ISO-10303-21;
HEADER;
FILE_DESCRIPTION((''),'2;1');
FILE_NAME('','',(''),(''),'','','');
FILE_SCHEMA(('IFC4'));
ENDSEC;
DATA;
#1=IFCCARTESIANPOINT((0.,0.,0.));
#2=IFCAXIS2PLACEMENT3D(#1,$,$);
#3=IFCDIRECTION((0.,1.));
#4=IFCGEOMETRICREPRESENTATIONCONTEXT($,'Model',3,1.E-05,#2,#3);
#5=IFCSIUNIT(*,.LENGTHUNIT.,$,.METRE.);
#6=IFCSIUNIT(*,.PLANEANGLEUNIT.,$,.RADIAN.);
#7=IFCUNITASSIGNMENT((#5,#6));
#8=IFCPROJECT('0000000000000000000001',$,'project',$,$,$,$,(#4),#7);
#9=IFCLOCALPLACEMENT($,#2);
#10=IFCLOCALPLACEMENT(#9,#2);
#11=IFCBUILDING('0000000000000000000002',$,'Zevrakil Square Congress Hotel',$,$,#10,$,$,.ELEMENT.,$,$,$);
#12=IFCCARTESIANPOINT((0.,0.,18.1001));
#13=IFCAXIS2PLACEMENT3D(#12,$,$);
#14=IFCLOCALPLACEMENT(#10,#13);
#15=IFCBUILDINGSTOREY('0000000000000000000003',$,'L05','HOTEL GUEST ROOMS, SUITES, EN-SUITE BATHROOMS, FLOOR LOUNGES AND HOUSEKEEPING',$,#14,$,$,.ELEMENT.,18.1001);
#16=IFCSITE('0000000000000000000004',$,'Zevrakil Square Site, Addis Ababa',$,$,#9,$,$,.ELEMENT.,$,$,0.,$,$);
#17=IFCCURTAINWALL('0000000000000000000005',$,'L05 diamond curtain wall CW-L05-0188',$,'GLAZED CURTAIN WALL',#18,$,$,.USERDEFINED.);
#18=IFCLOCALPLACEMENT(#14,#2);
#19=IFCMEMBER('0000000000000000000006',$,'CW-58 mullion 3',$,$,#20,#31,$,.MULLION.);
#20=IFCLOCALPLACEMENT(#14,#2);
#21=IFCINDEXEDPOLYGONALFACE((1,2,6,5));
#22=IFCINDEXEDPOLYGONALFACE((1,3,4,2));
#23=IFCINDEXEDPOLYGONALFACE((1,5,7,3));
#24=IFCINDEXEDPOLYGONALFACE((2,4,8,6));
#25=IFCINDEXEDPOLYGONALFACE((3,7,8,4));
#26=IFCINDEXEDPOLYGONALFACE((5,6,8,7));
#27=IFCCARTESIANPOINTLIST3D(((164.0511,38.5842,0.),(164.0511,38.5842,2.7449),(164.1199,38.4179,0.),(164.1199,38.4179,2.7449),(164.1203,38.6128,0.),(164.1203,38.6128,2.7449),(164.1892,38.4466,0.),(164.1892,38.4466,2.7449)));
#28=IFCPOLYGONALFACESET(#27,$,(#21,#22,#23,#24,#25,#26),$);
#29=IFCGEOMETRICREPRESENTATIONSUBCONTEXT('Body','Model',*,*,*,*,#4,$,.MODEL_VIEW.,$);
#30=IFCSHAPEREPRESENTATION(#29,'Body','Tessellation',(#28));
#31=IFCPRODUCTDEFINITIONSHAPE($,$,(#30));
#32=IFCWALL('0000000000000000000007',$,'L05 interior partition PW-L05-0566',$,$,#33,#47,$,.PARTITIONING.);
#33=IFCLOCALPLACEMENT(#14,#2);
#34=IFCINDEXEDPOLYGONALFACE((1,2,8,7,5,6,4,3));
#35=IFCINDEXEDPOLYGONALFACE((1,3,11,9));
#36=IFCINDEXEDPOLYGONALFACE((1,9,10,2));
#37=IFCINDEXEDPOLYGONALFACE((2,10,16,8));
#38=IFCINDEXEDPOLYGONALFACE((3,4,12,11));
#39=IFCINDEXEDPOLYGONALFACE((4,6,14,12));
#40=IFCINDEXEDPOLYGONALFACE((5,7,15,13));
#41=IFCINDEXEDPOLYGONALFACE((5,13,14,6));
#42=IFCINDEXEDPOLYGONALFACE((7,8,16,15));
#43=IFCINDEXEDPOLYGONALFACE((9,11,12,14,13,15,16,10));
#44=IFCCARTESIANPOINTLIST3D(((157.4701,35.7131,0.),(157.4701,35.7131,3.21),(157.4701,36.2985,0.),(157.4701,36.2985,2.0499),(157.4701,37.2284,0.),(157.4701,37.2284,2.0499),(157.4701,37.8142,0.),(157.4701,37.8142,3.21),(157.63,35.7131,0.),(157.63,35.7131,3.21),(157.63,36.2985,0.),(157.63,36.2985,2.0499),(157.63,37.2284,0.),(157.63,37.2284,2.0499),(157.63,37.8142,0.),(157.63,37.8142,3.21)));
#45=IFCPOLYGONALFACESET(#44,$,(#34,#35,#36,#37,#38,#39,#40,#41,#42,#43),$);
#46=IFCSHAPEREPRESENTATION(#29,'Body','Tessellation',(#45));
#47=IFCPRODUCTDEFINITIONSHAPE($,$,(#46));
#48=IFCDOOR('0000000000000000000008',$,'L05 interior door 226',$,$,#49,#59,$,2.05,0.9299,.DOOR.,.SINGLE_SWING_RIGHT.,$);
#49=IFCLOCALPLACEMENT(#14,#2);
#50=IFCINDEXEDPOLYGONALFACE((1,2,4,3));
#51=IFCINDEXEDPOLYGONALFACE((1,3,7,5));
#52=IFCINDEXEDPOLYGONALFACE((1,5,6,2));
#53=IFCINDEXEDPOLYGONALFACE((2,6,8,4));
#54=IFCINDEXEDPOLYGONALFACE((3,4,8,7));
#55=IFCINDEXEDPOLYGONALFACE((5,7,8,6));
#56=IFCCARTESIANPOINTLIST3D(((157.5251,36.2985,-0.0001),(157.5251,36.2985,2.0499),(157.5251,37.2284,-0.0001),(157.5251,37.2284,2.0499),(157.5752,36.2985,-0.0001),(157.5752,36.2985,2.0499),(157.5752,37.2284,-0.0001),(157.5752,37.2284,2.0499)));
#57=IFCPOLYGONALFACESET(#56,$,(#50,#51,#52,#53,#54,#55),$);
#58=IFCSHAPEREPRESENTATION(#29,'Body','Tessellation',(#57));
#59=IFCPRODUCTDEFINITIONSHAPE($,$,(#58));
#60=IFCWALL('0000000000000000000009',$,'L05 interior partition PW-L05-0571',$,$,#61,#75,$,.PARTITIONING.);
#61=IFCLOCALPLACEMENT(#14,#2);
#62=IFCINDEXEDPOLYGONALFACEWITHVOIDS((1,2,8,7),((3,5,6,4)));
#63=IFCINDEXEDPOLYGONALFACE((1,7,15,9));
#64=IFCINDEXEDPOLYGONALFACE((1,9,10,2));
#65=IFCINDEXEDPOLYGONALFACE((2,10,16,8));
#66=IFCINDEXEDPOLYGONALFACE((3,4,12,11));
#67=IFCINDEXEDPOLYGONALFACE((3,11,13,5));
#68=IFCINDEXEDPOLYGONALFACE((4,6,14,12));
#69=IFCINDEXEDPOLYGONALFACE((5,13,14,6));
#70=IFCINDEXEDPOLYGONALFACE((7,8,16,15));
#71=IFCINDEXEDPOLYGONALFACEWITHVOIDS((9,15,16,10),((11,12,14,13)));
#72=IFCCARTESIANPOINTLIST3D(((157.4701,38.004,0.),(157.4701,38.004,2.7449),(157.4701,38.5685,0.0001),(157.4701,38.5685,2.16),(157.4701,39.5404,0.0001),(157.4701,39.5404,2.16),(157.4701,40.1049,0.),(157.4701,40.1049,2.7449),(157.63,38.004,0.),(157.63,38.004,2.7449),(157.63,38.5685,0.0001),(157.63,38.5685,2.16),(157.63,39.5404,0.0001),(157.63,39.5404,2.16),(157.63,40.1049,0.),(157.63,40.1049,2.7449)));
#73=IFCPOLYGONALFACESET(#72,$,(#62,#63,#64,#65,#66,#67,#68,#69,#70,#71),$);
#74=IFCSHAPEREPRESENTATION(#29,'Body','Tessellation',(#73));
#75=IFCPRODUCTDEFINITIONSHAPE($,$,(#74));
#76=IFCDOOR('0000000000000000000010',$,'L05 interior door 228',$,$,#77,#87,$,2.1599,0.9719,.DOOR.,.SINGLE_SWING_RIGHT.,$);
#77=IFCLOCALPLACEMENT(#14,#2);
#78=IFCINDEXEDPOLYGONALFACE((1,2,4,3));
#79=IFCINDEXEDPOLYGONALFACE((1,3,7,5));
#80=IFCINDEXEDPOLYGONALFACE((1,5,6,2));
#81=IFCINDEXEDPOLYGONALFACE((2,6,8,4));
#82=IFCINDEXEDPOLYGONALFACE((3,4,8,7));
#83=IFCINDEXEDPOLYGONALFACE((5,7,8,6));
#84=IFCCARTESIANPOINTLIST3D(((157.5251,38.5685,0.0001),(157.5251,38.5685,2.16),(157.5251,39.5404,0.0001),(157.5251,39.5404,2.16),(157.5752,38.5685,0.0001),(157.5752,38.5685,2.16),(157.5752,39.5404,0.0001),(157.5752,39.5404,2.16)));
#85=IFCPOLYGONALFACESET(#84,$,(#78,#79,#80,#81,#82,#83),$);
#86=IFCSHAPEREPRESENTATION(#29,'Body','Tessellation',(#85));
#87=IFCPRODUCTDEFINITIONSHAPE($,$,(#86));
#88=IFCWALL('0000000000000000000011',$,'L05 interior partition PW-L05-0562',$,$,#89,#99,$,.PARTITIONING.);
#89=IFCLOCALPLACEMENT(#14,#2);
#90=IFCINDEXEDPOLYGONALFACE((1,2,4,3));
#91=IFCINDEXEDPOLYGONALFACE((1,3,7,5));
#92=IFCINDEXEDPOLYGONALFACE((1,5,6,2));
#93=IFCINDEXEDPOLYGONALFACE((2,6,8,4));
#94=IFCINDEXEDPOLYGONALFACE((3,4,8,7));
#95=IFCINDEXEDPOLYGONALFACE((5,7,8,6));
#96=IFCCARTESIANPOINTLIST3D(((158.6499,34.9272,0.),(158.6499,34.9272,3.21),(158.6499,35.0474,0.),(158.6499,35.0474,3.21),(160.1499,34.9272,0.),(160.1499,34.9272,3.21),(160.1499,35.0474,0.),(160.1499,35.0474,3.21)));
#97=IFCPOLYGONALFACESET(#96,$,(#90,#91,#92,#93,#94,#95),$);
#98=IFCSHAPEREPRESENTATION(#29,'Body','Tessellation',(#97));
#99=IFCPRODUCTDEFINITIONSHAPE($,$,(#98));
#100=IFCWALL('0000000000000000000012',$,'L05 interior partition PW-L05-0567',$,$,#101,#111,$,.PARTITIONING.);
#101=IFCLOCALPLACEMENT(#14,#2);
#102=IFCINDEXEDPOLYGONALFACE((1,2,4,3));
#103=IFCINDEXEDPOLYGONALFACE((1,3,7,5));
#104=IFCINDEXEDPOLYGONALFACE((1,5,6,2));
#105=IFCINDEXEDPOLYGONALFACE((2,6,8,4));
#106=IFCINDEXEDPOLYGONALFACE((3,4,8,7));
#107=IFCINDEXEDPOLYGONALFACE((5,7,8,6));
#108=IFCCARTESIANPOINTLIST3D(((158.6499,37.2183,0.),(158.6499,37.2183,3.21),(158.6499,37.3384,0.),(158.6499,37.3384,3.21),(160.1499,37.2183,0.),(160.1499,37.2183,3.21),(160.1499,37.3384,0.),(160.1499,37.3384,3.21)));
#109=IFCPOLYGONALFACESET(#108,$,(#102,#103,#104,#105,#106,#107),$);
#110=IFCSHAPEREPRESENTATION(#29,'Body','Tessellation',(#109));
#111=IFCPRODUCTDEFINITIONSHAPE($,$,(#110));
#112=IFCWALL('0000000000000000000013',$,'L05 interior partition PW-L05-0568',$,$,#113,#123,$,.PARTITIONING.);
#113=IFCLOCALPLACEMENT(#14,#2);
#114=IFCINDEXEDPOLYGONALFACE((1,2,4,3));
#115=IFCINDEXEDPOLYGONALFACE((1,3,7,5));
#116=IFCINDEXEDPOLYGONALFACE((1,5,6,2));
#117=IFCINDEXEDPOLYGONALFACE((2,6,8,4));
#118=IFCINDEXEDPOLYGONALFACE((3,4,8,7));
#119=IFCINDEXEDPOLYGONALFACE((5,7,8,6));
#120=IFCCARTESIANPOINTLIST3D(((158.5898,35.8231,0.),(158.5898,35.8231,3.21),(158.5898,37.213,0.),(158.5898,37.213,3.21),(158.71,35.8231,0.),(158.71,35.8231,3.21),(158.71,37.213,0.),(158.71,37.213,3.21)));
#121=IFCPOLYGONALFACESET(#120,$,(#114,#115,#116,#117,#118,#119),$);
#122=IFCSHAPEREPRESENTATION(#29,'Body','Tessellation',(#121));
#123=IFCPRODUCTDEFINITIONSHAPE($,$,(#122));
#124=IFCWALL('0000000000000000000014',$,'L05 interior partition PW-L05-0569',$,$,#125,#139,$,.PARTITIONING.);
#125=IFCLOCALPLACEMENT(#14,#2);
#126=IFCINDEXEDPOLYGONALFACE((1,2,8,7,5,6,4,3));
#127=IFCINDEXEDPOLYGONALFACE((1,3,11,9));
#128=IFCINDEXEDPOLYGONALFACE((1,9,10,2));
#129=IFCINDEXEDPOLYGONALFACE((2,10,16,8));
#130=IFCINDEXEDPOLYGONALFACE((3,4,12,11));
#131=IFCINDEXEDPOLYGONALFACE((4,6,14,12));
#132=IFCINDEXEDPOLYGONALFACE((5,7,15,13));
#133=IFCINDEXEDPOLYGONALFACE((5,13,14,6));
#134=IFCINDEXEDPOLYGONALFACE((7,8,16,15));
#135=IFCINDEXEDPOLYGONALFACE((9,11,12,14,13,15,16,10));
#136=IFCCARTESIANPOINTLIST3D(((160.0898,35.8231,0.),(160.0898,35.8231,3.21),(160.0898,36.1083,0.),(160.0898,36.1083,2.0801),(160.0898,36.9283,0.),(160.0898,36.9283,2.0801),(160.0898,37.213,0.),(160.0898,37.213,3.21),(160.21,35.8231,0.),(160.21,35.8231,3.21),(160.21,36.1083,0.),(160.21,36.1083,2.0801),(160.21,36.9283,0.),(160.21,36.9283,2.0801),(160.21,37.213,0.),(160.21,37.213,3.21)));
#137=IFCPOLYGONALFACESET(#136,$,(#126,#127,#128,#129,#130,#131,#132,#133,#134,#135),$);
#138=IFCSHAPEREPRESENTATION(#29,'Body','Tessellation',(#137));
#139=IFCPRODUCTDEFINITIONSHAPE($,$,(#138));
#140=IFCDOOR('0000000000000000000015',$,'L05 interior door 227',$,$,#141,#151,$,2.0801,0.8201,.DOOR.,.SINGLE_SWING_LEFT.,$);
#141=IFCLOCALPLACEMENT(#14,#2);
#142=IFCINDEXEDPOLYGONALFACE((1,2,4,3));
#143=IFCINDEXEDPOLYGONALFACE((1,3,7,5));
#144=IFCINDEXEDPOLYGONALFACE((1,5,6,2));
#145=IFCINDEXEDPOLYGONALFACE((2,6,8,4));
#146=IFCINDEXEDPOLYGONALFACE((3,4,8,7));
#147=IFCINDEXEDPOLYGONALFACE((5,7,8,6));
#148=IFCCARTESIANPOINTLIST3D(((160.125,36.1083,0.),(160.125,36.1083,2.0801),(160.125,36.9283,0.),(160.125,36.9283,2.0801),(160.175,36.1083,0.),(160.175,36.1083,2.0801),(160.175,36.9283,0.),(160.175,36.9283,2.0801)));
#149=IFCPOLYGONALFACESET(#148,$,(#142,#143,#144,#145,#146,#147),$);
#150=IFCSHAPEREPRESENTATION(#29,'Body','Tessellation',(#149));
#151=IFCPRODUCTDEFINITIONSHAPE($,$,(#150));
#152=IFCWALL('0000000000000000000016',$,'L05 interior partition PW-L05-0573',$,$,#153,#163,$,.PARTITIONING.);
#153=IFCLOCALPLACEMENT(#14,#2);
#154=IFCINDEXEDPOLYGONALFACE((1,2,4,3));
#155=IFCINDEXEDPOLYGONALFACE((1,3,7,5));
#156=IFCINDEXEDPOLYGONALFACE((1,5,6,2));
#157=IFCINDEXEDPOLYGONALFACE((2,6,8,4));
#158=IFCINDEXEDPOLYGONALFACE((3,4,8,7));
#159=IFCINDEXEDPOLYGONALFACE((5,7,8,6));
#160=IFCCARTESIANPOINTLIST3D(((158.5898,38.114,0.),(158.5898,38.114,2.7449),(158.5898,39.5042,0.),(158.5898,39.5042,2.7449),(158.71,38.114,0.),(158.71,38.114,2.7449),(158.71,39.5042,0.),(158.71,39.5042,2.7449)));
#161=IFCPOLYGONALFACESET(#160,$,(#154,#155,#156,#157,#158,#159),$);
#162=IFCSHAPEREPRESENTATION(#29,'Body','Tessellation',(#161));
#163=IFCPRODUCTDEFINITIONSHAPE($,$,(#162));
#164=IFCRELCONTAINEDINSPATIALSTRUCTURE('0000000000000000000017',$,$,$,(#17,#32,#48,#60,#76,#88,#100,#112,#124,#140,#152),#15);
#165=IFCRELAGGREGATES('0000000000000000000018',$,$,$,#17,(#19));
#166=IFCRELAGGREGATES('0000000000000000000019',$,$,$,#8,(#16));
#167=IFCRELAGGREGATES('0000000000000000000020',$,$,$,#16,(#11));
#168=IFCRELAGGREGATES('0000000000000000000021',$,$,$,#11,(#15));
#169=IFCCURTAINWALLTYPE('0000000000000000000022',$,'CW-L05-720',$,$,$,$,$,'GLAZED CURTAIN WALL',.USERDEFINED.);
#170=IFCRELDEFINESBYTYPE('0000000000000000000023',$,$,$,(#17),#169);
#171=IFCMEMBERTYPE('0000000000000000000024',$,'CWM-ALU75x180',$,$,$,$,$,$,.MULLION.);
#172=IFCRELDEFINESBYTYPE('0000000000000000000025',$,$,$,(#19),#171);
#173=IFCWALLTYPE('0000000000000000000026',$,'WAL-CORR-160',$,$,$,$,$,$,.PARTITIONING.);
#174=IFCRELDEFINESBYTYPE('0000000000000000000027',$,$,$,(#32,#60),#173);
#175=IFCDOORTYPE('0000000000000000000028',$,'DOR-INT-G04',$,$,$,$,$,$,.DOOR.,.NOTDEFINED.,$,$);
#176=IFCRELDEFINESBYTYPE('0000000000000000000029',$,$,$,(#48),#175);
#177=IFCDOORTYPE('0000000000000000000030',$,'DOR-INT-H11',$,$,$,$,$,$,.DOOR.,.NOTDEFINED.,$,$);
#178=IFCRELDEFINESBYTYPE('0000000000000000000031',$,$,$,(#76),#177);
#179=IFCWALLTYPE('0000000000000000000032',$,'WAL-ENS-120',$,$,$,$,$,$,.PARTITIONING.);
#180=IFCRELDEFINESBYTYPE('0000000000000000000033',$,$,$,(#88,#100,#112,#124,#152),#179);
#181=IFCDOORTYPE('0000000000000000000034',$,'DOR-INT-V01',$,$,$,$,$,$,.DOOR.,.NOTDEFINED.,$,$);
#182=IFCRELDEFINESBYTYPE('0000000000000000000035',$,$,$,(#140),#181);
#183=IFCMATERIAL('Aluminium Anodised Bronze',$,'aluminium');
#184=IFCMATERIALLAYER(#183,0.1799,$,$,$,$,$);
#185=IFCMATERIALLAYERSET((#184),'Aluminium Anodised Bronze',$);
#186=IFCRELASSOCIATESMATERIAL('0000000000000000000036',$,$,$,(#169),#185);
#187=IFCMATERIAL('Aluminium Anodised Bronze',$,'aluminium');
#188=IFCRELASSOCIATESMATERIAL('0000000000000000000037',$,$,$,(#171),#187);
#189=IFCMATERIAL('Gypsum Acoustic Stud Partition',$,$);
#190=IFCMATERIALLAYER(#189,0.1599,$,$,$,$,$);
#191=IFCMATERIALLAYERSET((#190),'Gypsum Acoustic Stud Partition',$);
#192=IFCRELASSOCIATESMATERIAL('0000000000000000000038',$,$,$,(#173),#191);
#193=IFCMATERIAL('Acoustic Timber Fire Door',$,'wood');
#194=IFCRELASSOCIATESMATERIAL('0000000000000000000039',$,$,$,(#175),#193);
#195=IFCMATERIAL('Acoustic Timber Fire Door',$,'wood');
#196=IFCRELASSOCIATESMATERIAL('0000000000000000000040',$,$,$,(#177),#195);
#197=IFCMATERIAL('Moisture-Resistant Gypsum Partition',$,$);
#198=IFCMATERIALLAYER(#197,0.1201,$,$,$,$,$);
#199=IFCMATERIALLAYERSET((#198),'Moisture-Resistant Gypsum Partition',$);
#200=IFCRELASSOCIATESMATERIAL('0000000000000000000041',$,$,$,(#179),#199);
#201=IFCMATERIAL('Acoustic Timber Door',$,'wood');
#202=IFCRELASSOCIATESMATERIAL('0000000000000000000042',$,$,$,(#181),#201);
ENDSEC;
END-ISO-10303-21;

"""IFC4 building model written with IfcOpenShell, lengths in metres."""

from ifc_helpers import new_model, si_unit, direction, frame, frame_2d, origin, origin_2d, place, context, subcontext, project, spatial, rectangle, extrude, material, layer, layer_set, material_profile, profile_set, type_object, element, fill, aggregate, save


model = new_model("IFC4")

# Units and contexts
model_context = context("Model", 3, precision=1e-05, world=origin(), true_north=direction((0.0, 1.0)))
body_context = subcontext(model_context, "Body", "Model", "MODEL_VIEW")
ifc_project = project(units=[si_unit("LENGTHUNIT", "METRE"), si_unit("PLANEANGLEUNIT", "RADIAN")], contexts=[model_context])

# Site, building, storey
site_placement = place(None, origin())
site = spatial("IfcSite", under=ifc_project, at=site_placement, Name="Zevrakil Square Site, Addis Ababa", CompositionType="ELEMENT", RefElevation=0.0)
building_placement = place(site_placement, origin())
building = spatial("IfcBuilding", under=site, at=building_placement, Name="Zevrakil Square Congress Hotel", CompositionType="ELEMENT")
storey_placement = place(building_placement, frame((0.0, 0.0, 18.1001)))
storey = spatial("IfcBuildingStorey", under=building, at=storey_placement, Name="L05", Description="HOTEL GUEST ROOMS, SUITES, EN-SUITE BATHROOMS, FLOOR LOUNGES AND HOUSEKEEPING", CompositionType="ELEMENT", Elevation=18.1001)

# Curtain wall, member
ifc_material_1 = material(Name="Aluminium Anodised Bronze", Category="aluminium")
ifc_layer_1 = layer(ifc_material_1, 0.1799)
ifc_layer_set_1 = layer_set([ifc_layer_1], Name="Aluminium Anodised Bronze")
curtain_wall_type = type_object("IfcCurtainWallType", Name="CW-L05-720", ElementType="GLAZED CURTAIN WALL", PredefinedType="USERDEFINED", material=ifc_layer_set_1)
curtain_wall_placement = place(storey_placement, origin())
curtain_wall = element("IfcCurtainWall", 1, at=curtain_wall_placement, inside=storey, type_object=curtain_wall_type, Name="L05 diamond curtain wall CW-L05-0188", ObjectType="GLAZED CURTAIN WALL", PredefinedType="USERDEFINED")
ifc_material_2 = material(Name="Aluminium Anodised Bronze", Category="aluminium")
ifc_material_profile_1 = material_profile(ifc_material_2, rectangle(XDim=0.075, YDim=0.1799, at=origin_2d()), Name="ALU 75x180")
ifc_profile_set_1 = profile_set([ifc_material_profile_1], Name="Aluminium Anodised Bronze")
member_type_1 = type_object("IfcMemberType", Name="CWM-ALU75x180", PredefinedType="MULLION", material=ifc_profile_set_1)
member_1_placement = place(storey_placement, frame((164.1201, 38.5154, 0.0), z_axis=(0.0, 0.0, 1.0), x_axis=(-0.923879, -0.382684, 0.0)))
member_1 = element("IfcMember", 2, at=member_1_placement, type_object=member_type_1, Name="CW-58 mullion 3", PredefinedType="MULLION", context=body_context, shape_type="SweptSolid", body=[
    extrude(rectangle(XDim=0.075, YDim=0.1799, at=origin_2d()), origin(), (0.0, 0.0, 1.0), 2.7449),
])
aggregate(curtain_wall, [member_1])

# Walls, openings, doors
ifc_material_3 = material(Name="Gypsum Acoustic Stud Partition")
ifc_layer_2 = layer(ifc_material_3, 0.1599)
ifc_layer_set_2 = layer_set([ifc_layer_2], Name="Gypsum Acoustic Stud Partition")
wall_type_1 = type_object("IfcWallType", Name="WAL-CORR-160", PredefinedType="PARTITIONING", material=ifc_layer_set_2)
wall_1_placement = place(storey_placement, frame((157.55, 35.7131, 0.0), z_axis=(0.0, 0.0, 1.0), x_axis=(0.0, 1.0, 0.0)))
wall_1 = element("IfcWall", 3, at=wall_1_placement, inside=storey, type_object=wall_type_1, Name="L05 interior partition PW-L05-0566", PredefinedType="PARTITIONING", context=body_context, shape_type="SweptSolid", body=[
    extrude(rectangle(XDim=2.1011, YDim=0.1599, at=frame_2d((1.0505, 0.0))), origin(), (0.0, 0.0, 1.0), 3.21),
])
opening_1_placement = place(wall_1_placement, frame((0.5854, 0.0, 0.0)))
opening_1 = element("IfcOpeningElement", 4, at=opening_1_placement, cuts=wall_1, PredefinedType="OPENING", context=body_context, shape_type="SweptSolid", body=[
    extrude(rectangle(XDim=0.9299, YDim=2.05, at=frame_2d((0.4648, 1.0249))), frame((0.0, 0.0898, 0.0), z_axis=(0.0, -1.0, 0.0), x_axis=(1.0, 0.0, 0.0)), (0.0, 0.0, 1.0), 0.1799),
])
ifc_material_4 = material(Name="Acoustic Timber Fire Door", Category="wood")
door_type_1 = type_object("IfcDoorType", Name="DOR-INT-G04", OperationType="NOTDEFINED", PredefinedType="DOOR", material=ifc_material_4)
door_1_placement = place(opening_1_placement, origin())
door_1 = element("IfcDoor", 5, at=door_1_placement, inside=storey, type_object=door_type_1, Name="L05 interior door 226", OperationType="SINGLE_SWING_RIGHT", OverallHeight=2.05, OverallWidth=0.9299, PredefinedType="DOOR", context=body_context, shape_type="SweptSolid", body=[
    extrude(rectangle(XDim=0.9299, YDim=2.05, at=frame_2d((0.4648, 1.0249))), frame((0.0, 0.0249, 0.0), z_axis=(0.0, -1.0, 0.0), x_axis=(1.0, 0.0, 0.0)), (0.0, 0.0, 1.0), 0.05),
])
fill(opening_1, door_1)
wall_2_placement = place(storey_placement, frame((157.55, 38.0042, 0.0), z_axis=(0.0, 0.0, 1.0), x_axis=(0.0, 1.0, 0.0)))
wall_2 = element("IfcWall", 6, at=wall_2_placement, inside=storey, type_object=wall_type_1, Name="L05 interior partition PW-L05-0571", PredefinedType="PARTITIONING", context=body_context, shape_type="SweptSolid", body=[
    extrude(rectangle(XDim=2.1008, YDim=0.1599, at=frame_2d((1.0503, 0.0))), origin(), (0.0, 0.0, 1.0), 2.7449),
])
opening_2_placement = place(wall_2_placement, frame((0.5645, 0.0, 0.0)))
opening_2 = element("IfcOpeningElement", 7, at=opening_2_placement, cuts=wall_2, PredefinedType="OPENING", context=body_context, shape_type="SweptSolid", body=[
    extrude(rectangle(XDim=0.9719, YDim=2.1599, at=frame_2d((0.4858, 1.0801))), frame((0.0, 0.0898, 0.0), z_axis=(0.0, -1.0, 0.0), x_axis=(1.0, 0.0, 0.0)), (0.0, 0.0, 1.0), 0.1799),
])
ifc_material_5 = material(Name="Acoustic Timber Fire Door", Category="wood")
door_type_2 = type_object("IfcDoorType", Name="DOR-INT-H11", OperationType="NOTDEFINED", PredefinedType="DOOR", material=ifc_material_5)
door_2_placement = place(opening_2_placement, origin())
door_2 = element("IfcDoor", 8, at=door_2_placement, inside=storey, type_object=door_type_2, Name="L05 interior door 228", OperationType="SINGLE_SWING_RIGHT", OverallHeight=2.1599, OverallWidth=0.9719, PredefinedType="DOOR", context=body_context, shape_type="SweptSolid", body=[
    extrude(rectangle(XDim=0.9719, YDim=2.1599, at=frame_2d((0.4858, 1.0801))), frame((0.0, 0.0249, 0.0), z_axis=(0.0, -1.0, 0.0), x_axis=(1.0, 0.0, 0.0)), (0.0, 0.0, 1.0), 0.05),
])
fill(opening_2, door_2)

# Walls
ifc_material_6 = material(Name="Moisture-Resistant Gypsum Partition")
ifc_layer_3 = layer(ifc_material_6, 0.1201)
ifc_layer_set_3 = layer_set([ifc_layer_3], Name="Moisture-Resistant Gypsum Partition")
wall_type_2 = type_object("IfcWallType", Name="WAL-ENS-120", PredefinedType="PARTITIONING", material=ifc_layer_set_3)
for number, where, z_axis, x_axis, name in (
    (9, (158.6499, 34.9873, 0.0), (0.0, 0.0, 1.0), (1.0, 0.0, 0.0), "L05 interior partition PW-L05-0562"),
    (10, (158.6499, 37.2783, 0.0), (0.0, 0.0, 1.0), (1.0, 0.0, 0.0), "L05 interior partition PW-L05-0567"),
):
    element("IfcWall", number, at=place(storey_placement, frame(where, z_axis=z_axis, x_axis=x_axis)), inside=storey, type_object=wall_type_2, Name=name, PredefinedType="PARTITIONING", context=body_context, shape_type="SweptSolid", body=[
        extrude(rectangle(XDim=1.5, YDim=0.1201, at=frame_2d((0.75, 0.0))), origin(), (0.0, 0.0, 1.0), 3.21),
    ])
wall_3_placement = place(storey_placement, frame((158.6499, 35.8232, 0.0), z_axis=(0.0, 0.0, 1.0), x_axis=(0.0, 1.0, 0.0)))
element("IfcWall", 11, at=wall_3_placement, inside=storey, type_object=wall_type_2, Name="L05 interior partition PW-L05-0568", PredefinedType="PARTITIONING", context=body_context, shape_type="SweptSolid", body=[
    extrude(rectangle(XDim=1.3899, YDim=0.1201, at=frame_2d((0.6948, 0.0))), origin(), (0.0, 0.0, 1.0), 3.21),
])

# Wall, opening, door
wall_4_placement = place(storey_placement, frame((160.1499, 35.8232, 0.0), z_axis=(0.0, 0.0, 1.0), x_axis=(0.0, 1.0, 0.0)))
wall_4 = element("IfcWall", 12, at=wall_4_placement, inside=storey, type_object=wall_type_2, Name="L05 interior partition PW-L05-0569", PredefinedType="PARTITIONING", context=body_context, shape_type="SweptSolid", body=[
    extrude(rectangle(XDim=1.3899, YDim=0.1201, at=frame_2d((0.6948, 0.0))), origin(), (0.0, 0.0, 1.0), 3.21),
])
opening_3_placement = place(wall_4_placement, frame((0.2849, 0.0, 0.0)))
opening_3 = element("IfcOpeningElement", 13, at=opening_3_placement, cuts=wall_4, PredefinedType="OPENING", context=body_context, shape_type="SweptSolid", body=[
    extrude(rectangle(XDim=0.8201, YDim=2.0801, at=frame_2d((0.4102, 1.04))), frame((0.0, 0.0701, 0.0), z_axis=(0.0, -1.0, 0.0), x_axis=(1.0, 0.0, 0.0)), (0.0, 0.0, 1.0), 0.1401),
])
ifc_material_7 = material(Name="Acoustic Timber Door", Category="wood")
door_type_3 = type_object("IfcDoorType", Name="DOR-INT-V01", OperationType="NOTDEFINED", PredefinedType="DOOR", material=ifc_material_7)
door_3_placement = place(opening_3_placement, origin())
door_3 = element("IfcDoor", 14, at=door_3_placement, inside=storey, type_object=door_type_3, Name="L05 interior door 227", OperationType="SINGLE_SWING_LEFT", OverallHeight=2.0801, OverallWidth=0.8201, PredefinedType="DOOR", context=body_context, shape_type="SweptSolid", body=[
    extrude(rectangle(XDim=0.8201, YDim=2.0801, at=frame_2d((0.4102, 1.04))), frame((0.0, 0.0249, 0.0), z_axis=(0.0, -1.0, 0.0), x_axis=(1.0, 0.0, 0.0)), (0.0, 0.0, 1.0), 0.05),
])
fill(opening_3, door_3)

# Wall
wall_5_placement = place(storey_placement, frame((158.6499, 38.114, 0.0), z_axis=(0.0, 0.0, 1.0), x_axis=(0.0, 1.0, 0.0)))
element("IfcWall", 15, at=wall_5_placement, inside=storey, type_object=wall_type_2, Name="L05 interior partition PW-L05-0573", PredefinedType="PARTITIONING", context=body_context, shape_type="SweptSolid", body=[
    extrude(rectangle(XDim=1.3901, YDim=0.1201, at=frame_2d((0.6951, 0.0))), origin(), (0.0, 0.0, 1.0), 2.7449),
])

save(model, "model.ifc")
